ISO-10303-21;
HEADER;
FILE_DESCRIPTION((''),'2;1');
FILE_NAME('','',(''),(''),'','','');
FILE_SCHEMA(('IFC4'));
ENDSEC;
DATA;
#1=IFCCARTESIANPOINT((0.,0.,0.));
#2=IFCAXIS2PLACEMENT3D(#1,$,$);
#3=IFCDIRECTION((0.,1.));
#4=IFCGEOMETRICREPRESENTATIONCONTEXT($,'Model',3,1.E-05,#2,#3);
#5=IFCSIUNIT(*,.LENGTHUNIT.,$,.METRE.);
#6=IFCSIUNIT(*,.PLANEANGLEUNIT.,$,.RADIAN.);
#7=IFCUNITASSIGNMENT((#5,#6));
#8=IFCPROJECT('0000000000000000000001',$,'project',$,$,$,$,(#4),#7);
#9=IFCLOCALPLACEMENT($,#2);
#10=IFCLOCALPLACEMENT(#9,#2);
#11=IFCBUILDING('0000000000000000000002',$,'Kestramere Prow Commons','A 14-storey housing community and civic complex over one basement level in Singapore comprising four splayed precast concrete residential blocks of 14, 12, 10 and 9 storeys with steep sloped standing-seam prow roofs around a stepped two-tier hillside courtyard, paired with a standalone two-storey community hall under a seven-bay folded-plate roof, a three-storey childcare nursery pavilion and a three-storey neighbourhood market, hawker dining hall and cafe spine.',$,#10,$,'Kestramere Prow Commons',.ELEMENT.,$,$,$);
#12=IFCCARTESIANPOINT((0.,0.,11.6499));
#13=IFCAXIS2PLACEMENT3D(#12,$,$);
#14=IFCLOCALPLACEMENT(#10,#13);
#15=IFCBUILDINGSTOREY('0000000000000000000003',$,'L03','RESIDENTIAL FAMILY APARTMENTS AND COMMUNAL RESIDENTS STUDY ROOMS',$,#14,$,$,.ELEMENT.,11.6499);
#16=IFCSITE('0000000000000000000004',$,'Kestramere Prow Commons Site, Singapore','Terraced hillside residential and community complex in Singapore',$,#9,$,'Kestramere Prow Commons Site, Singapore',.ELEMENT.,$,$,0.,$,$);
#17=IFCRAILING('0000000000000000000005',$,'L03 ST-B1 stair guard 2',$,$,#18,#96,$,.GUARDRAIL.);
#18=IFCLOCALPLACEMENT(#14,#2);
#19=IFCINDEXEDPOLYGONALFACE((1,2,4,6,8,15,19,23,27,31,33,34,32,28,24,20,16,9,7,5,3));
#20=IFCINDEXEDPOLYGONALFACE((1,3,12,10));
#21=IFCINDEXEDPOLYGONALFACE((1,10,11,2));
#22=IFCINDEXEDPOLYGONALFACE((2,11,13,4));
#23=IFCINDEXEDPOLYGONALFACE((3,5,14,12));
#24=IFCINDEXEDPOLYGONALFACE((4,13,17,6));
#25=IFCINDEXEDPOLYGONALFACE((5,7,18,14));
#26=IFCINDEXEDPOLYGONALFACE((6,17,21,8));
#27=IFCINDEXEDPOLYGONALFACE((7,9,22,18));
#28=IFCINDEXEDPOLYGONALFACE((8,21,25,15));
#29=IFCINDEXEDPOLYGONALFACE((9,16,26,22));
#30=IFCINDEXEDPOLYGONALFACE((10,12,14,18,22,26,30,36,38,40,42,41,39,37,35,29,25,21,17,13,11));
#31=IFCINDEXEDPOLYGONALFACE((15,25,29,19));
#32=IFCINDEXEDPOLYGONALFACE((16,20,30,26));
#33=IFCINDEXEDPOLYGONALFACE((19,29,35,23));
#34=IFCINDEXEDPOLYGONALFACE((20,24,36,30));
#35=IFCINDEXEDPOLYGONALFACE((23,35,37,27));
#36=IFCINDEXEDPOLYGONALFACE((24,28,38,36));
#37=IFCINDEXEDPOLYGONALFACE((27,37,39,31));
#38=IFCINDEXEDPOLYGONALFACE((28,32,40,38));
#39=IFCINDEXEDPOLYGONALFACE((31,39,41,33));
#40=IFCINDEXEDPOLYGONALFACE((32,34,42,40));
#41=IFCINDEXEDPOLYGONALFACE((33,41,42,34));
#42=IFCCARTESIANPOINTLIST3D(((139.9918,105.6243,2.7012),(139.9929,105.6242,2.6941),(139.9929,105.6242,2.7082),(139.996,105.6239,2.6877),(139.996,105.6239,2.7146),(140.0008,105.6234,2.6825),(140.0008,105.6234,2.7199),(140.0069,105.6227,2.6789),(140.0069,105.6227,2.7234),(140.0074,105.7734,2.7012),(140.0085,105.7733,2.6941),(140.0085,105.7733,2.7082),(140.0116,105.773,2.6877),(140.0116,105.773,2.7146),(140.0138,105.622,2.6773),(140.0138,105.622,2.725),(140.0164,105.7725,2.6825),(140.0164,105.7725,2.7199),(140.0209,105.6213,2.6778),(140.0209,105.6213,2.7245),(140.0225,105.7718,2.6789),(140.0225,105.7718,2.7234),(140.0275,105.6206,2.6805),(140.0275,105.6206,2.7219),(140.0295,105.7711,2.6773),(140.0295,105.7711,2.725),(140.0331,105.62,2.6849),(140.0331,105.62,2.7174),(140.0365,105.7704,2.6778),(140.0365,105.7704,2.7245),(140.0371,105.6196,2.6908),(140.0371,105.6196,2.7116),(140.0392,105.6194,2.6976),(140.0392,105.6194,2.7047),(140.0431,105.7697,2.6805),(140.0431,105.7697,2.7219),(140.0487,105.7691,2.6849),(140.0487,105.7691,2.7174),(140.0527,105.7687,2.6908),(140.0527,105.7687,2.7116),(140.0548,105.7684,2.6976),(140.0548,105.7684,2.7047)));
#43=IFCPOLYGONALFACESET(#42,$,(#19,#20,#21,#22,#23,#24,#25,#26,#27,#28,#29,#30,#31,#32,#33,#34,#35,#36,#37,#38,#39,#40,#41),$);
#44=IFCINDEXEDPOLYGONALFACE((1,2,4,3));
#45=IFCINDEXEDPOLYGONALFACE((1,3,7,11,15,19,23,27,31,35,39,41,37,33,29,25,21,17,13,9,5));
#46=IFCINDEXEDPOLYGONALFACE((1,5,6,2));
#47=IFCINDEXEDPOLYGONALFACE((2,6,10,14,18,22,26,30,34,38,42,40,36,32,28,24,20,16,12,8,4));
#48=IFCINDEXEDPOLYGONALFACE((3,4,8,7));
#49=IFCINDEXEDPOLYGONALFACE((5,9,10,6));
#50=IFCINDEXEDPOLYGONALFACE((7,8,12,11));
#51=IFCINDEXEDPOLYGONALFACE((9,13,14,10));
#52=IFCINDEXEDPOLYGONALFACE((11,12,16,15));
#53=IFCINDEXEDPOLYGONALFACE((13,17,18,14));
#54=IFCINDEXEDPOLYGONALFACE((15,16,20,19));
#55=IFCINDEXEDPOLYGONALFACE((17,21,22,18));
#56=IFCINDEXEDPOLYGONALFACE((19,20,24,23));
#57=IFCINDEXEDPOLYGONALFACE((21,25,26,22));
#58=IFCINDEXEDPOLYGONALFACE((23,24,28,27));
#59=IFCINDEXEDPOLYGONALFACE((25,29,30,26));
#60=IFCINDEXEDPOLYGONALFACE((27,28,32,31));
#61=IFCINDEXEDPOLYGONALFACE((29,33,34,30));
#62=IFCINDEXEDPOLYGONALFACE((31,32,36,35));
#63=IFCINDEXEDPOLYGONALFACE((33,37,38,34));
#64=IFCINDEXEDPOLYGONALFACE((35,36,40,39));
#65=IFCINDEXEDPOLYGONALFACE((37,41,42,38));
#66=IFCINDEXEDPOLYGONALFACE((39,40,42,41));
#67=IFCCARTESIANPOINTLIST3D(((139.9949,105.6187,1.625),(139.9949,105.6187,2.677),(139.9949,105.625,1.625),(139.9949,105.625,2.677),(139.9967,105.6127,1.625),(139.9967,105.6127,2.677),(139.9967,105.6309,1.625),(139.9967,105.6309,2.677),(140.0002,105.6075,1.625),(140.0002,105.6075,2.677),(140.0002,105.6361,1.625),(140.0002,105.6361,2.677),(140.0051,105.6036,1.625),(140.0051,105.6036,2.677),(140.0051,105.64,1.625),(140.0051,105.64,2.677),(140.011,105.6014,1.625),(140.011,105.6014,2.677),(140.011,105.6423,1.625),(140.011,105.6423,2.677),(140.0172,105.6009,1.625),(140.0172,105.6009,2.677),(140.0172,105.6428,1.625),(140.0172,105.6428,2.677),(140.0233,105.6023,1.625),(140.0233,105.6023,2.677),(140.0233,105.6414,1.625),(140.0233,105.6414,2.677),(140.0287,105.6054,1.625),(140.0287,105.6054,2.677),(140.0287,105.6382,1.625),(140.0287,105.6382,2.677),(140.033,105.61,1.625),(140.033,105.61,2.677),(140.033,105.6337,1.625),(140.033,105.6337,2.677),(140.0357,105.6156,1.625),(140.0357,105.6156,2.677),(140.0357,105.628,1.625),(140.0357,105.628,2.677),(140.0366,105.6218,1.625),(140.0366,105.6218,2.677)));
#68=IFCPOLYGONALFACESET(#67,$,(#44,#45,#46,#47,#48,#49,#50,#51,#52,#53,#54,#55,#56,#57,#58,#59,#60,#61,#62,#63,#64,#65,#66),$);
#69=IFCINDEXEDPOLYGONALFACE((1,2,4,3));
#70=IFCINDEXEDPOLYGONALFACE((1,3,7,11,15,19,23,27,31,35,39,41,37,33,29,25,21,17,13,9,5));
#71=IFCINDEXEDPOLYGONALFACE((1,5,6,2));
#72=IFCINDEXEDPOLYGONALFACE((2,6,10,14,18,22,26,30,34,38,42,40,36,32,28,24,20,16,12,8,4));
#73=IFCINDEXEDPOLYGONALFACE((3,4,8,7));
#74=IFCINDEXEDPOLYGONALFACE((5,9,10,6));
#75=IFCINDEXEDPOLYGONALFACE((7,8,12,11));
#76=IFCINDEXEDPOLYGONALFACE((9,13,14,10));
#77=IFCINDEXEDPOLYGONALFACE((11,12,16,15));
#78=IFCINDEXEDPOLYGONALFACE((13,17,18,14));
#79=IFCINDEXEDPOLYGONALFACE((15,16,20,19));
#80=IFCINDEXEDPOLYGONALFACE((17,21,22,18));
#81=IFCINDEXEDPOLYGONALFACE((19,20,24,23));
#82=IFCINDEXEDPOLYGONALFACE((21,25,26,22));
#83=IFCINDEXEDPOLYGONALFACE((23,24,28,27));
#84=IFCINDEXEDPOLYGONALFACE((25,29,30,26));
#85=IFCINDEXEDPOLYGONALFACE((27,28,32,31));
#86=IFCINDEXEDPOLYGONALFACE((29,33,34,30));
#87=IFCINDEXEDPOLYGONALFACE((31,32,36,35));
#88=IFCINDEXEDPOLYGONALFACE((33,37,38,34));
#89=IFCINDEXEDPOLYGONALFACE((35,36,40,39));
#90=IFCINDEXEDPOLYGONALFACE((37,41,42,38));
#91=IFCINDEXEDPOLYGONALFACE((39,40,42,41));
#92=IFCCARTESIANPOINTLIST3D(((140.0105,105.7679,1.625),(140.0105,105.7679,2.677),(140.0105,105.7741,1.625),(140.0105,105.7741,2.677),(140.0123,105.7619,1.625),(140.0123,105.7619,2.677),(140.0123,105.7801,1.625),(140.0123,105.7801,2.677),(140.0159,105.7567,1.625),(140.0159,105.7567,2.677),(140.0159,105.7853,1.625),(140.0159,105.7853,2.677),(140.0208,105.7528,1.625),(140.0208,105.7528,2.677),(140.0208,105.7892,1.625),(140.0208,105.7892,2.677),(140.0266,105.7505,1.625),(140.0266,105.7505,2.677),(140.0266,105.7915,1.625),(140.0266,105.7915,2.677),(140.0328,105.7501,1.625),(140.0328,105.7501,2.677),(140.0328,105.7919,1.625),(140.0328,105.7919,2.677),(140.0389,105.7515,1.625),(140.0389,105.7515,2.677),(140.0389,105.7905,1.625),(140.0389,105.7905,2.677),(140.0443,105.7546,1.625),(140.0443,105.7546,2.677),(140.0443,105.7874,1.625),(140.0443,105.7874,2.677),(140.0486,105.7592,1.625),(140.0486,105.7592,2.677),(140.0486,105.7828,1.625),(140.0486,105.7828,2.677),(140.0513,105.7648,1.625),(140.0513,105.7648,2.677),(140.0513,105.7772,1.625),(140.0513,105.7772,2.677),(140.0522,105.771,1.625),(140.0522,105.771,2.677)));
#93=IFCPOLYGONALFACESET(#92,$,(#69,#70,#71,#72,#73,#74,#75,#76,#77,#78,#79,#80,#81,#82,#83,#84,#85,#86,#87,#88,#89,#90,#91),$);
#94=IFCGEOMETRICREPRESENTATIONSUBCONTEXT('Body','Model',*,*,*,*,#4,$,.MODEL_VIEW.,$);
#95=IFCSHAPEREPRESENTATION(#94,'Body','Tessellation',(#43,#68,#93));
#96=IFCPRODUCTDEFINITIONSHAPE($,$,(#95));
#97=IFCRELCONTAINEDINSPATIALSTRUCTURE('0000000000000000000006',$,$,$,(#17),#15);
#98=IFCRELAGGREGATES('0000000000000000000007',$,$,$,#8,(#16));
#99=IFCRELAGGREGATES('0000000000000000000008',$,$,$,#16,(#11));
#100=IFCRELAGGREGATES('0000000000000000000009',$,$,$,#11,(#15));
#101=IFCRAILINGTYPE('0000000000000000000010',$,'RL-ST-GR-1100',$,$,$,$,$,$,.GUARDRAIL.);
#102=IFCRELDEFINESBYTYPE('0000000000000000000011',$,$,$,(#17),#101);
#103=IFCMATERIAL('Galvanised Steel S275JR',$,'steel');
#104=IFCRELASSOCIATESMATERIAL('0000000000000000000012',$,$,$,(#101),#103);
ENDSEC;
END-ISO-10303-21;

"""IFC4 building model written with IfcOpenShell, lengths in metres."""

from ifc_helpers import new_model, si_unit, direction, frame, origin, origin_2d, place, context, subcontext, project, spatial, circle, extrude, material, type_object, element, save


model = new_model("IFC4")

# Units and contexts
model_context = context("Model", 3, precision=1e-05, world=origin(), true_north=direction((0.0, 1.0)))
body_context = subcontext(model_context, "Body", "Model", "MODEL_VIEW")
ifc_project = project(units=[si_unit("LENGTHUNIT", "METRE"), si_unit("PLANEANGLEUNIT", "RADIAN")], contexts=[model_context])

# Site, building, storey
site_placement = place(None, origin())
site = spatial("IfcSite", under=ifc_project, at=site_placement, Name="Kestramere Prow Commons Site, Singapore", Description="Terraced hillside residential and community complex in Singapore", LongName="Kestramere Prow Commons Site, Singapore", CompositionType="ELEMENT", RefElevation=0.0)
building_placement = place(site_placement, origin())
building = spatial("IfcBuilding", under=site, at=building_placement, Name="Kestramere Prow Commons", Description="A 14-storey housing community and civic complex over one basement level in Singapore comprising four splayed precast concrete residential blocks of 14, 12, 10 and 9 storeys with steep sloped standing-seam prow roofs around a stepped two-tier hillside courtyard, paired with a standalone two-storey community hall under a seven-bay folded-plate roof, a three-storey childcare nursery pavilion and a three-storey neighbourhood market, hawker dining hall and cafe spine.", LongName="Kestramere Prow Commons", CompositionType="ELEMENT")
storey_placement = place(building_placement, frame((0.0, 0.0, 11.6499)))
storey = spatial("IfcBuildingStorey", under=building, at=storey_placement, Name="L03", Description="RESIDENTIAL FAMILY APARTMENTS AND COMMUNAL RESIDENTS STUDY ROOMS", CompositionType="ELEMENT", Elevation=11.6499)

# Railing
ifc_material_1 = material(Name="Galvanised Steel S275JR", Category="steel")
railing_type_1 = type_object("IfcRailingType", Name="RL-ST-GR-1100", PredefinedType="GUARDRAIL", material=ifc_material_1)
railing_1_placement = place(storey_placement, frame((140.0156, 105.6218, 1.625)))
element("IfcRailing", 1, at=railing_1_placement, inside=storey, type_object=railing_type_1, Name="L03 ST-B1 stair guard 2", PredefinedType="GUARDRAIL", context=body_context, shape_type="SweptSolid", body=[
    extrude(circle(Radius=0.0239, at=origin_2d()), frame((0.0, 0.0, 1.0762), z_axis=(0.104176, 0.994559, 0.0), x_axis=(-0.994559, 0.104176, 0.0)), (0.0, 0.0, 1.0), 0.1499),
    extrude(circle(Radius=0.021, at=origin_2d()), origin(), (0.0, 0.0, 1.0), 1.052),
    extrude(circle(Radius=0.021, at=origin_2d()), frame((0.0156, 0.1492, 0.0)), (0.0, 0.0, 1.0), 1.052),
])

save(model, "model.ifc")
